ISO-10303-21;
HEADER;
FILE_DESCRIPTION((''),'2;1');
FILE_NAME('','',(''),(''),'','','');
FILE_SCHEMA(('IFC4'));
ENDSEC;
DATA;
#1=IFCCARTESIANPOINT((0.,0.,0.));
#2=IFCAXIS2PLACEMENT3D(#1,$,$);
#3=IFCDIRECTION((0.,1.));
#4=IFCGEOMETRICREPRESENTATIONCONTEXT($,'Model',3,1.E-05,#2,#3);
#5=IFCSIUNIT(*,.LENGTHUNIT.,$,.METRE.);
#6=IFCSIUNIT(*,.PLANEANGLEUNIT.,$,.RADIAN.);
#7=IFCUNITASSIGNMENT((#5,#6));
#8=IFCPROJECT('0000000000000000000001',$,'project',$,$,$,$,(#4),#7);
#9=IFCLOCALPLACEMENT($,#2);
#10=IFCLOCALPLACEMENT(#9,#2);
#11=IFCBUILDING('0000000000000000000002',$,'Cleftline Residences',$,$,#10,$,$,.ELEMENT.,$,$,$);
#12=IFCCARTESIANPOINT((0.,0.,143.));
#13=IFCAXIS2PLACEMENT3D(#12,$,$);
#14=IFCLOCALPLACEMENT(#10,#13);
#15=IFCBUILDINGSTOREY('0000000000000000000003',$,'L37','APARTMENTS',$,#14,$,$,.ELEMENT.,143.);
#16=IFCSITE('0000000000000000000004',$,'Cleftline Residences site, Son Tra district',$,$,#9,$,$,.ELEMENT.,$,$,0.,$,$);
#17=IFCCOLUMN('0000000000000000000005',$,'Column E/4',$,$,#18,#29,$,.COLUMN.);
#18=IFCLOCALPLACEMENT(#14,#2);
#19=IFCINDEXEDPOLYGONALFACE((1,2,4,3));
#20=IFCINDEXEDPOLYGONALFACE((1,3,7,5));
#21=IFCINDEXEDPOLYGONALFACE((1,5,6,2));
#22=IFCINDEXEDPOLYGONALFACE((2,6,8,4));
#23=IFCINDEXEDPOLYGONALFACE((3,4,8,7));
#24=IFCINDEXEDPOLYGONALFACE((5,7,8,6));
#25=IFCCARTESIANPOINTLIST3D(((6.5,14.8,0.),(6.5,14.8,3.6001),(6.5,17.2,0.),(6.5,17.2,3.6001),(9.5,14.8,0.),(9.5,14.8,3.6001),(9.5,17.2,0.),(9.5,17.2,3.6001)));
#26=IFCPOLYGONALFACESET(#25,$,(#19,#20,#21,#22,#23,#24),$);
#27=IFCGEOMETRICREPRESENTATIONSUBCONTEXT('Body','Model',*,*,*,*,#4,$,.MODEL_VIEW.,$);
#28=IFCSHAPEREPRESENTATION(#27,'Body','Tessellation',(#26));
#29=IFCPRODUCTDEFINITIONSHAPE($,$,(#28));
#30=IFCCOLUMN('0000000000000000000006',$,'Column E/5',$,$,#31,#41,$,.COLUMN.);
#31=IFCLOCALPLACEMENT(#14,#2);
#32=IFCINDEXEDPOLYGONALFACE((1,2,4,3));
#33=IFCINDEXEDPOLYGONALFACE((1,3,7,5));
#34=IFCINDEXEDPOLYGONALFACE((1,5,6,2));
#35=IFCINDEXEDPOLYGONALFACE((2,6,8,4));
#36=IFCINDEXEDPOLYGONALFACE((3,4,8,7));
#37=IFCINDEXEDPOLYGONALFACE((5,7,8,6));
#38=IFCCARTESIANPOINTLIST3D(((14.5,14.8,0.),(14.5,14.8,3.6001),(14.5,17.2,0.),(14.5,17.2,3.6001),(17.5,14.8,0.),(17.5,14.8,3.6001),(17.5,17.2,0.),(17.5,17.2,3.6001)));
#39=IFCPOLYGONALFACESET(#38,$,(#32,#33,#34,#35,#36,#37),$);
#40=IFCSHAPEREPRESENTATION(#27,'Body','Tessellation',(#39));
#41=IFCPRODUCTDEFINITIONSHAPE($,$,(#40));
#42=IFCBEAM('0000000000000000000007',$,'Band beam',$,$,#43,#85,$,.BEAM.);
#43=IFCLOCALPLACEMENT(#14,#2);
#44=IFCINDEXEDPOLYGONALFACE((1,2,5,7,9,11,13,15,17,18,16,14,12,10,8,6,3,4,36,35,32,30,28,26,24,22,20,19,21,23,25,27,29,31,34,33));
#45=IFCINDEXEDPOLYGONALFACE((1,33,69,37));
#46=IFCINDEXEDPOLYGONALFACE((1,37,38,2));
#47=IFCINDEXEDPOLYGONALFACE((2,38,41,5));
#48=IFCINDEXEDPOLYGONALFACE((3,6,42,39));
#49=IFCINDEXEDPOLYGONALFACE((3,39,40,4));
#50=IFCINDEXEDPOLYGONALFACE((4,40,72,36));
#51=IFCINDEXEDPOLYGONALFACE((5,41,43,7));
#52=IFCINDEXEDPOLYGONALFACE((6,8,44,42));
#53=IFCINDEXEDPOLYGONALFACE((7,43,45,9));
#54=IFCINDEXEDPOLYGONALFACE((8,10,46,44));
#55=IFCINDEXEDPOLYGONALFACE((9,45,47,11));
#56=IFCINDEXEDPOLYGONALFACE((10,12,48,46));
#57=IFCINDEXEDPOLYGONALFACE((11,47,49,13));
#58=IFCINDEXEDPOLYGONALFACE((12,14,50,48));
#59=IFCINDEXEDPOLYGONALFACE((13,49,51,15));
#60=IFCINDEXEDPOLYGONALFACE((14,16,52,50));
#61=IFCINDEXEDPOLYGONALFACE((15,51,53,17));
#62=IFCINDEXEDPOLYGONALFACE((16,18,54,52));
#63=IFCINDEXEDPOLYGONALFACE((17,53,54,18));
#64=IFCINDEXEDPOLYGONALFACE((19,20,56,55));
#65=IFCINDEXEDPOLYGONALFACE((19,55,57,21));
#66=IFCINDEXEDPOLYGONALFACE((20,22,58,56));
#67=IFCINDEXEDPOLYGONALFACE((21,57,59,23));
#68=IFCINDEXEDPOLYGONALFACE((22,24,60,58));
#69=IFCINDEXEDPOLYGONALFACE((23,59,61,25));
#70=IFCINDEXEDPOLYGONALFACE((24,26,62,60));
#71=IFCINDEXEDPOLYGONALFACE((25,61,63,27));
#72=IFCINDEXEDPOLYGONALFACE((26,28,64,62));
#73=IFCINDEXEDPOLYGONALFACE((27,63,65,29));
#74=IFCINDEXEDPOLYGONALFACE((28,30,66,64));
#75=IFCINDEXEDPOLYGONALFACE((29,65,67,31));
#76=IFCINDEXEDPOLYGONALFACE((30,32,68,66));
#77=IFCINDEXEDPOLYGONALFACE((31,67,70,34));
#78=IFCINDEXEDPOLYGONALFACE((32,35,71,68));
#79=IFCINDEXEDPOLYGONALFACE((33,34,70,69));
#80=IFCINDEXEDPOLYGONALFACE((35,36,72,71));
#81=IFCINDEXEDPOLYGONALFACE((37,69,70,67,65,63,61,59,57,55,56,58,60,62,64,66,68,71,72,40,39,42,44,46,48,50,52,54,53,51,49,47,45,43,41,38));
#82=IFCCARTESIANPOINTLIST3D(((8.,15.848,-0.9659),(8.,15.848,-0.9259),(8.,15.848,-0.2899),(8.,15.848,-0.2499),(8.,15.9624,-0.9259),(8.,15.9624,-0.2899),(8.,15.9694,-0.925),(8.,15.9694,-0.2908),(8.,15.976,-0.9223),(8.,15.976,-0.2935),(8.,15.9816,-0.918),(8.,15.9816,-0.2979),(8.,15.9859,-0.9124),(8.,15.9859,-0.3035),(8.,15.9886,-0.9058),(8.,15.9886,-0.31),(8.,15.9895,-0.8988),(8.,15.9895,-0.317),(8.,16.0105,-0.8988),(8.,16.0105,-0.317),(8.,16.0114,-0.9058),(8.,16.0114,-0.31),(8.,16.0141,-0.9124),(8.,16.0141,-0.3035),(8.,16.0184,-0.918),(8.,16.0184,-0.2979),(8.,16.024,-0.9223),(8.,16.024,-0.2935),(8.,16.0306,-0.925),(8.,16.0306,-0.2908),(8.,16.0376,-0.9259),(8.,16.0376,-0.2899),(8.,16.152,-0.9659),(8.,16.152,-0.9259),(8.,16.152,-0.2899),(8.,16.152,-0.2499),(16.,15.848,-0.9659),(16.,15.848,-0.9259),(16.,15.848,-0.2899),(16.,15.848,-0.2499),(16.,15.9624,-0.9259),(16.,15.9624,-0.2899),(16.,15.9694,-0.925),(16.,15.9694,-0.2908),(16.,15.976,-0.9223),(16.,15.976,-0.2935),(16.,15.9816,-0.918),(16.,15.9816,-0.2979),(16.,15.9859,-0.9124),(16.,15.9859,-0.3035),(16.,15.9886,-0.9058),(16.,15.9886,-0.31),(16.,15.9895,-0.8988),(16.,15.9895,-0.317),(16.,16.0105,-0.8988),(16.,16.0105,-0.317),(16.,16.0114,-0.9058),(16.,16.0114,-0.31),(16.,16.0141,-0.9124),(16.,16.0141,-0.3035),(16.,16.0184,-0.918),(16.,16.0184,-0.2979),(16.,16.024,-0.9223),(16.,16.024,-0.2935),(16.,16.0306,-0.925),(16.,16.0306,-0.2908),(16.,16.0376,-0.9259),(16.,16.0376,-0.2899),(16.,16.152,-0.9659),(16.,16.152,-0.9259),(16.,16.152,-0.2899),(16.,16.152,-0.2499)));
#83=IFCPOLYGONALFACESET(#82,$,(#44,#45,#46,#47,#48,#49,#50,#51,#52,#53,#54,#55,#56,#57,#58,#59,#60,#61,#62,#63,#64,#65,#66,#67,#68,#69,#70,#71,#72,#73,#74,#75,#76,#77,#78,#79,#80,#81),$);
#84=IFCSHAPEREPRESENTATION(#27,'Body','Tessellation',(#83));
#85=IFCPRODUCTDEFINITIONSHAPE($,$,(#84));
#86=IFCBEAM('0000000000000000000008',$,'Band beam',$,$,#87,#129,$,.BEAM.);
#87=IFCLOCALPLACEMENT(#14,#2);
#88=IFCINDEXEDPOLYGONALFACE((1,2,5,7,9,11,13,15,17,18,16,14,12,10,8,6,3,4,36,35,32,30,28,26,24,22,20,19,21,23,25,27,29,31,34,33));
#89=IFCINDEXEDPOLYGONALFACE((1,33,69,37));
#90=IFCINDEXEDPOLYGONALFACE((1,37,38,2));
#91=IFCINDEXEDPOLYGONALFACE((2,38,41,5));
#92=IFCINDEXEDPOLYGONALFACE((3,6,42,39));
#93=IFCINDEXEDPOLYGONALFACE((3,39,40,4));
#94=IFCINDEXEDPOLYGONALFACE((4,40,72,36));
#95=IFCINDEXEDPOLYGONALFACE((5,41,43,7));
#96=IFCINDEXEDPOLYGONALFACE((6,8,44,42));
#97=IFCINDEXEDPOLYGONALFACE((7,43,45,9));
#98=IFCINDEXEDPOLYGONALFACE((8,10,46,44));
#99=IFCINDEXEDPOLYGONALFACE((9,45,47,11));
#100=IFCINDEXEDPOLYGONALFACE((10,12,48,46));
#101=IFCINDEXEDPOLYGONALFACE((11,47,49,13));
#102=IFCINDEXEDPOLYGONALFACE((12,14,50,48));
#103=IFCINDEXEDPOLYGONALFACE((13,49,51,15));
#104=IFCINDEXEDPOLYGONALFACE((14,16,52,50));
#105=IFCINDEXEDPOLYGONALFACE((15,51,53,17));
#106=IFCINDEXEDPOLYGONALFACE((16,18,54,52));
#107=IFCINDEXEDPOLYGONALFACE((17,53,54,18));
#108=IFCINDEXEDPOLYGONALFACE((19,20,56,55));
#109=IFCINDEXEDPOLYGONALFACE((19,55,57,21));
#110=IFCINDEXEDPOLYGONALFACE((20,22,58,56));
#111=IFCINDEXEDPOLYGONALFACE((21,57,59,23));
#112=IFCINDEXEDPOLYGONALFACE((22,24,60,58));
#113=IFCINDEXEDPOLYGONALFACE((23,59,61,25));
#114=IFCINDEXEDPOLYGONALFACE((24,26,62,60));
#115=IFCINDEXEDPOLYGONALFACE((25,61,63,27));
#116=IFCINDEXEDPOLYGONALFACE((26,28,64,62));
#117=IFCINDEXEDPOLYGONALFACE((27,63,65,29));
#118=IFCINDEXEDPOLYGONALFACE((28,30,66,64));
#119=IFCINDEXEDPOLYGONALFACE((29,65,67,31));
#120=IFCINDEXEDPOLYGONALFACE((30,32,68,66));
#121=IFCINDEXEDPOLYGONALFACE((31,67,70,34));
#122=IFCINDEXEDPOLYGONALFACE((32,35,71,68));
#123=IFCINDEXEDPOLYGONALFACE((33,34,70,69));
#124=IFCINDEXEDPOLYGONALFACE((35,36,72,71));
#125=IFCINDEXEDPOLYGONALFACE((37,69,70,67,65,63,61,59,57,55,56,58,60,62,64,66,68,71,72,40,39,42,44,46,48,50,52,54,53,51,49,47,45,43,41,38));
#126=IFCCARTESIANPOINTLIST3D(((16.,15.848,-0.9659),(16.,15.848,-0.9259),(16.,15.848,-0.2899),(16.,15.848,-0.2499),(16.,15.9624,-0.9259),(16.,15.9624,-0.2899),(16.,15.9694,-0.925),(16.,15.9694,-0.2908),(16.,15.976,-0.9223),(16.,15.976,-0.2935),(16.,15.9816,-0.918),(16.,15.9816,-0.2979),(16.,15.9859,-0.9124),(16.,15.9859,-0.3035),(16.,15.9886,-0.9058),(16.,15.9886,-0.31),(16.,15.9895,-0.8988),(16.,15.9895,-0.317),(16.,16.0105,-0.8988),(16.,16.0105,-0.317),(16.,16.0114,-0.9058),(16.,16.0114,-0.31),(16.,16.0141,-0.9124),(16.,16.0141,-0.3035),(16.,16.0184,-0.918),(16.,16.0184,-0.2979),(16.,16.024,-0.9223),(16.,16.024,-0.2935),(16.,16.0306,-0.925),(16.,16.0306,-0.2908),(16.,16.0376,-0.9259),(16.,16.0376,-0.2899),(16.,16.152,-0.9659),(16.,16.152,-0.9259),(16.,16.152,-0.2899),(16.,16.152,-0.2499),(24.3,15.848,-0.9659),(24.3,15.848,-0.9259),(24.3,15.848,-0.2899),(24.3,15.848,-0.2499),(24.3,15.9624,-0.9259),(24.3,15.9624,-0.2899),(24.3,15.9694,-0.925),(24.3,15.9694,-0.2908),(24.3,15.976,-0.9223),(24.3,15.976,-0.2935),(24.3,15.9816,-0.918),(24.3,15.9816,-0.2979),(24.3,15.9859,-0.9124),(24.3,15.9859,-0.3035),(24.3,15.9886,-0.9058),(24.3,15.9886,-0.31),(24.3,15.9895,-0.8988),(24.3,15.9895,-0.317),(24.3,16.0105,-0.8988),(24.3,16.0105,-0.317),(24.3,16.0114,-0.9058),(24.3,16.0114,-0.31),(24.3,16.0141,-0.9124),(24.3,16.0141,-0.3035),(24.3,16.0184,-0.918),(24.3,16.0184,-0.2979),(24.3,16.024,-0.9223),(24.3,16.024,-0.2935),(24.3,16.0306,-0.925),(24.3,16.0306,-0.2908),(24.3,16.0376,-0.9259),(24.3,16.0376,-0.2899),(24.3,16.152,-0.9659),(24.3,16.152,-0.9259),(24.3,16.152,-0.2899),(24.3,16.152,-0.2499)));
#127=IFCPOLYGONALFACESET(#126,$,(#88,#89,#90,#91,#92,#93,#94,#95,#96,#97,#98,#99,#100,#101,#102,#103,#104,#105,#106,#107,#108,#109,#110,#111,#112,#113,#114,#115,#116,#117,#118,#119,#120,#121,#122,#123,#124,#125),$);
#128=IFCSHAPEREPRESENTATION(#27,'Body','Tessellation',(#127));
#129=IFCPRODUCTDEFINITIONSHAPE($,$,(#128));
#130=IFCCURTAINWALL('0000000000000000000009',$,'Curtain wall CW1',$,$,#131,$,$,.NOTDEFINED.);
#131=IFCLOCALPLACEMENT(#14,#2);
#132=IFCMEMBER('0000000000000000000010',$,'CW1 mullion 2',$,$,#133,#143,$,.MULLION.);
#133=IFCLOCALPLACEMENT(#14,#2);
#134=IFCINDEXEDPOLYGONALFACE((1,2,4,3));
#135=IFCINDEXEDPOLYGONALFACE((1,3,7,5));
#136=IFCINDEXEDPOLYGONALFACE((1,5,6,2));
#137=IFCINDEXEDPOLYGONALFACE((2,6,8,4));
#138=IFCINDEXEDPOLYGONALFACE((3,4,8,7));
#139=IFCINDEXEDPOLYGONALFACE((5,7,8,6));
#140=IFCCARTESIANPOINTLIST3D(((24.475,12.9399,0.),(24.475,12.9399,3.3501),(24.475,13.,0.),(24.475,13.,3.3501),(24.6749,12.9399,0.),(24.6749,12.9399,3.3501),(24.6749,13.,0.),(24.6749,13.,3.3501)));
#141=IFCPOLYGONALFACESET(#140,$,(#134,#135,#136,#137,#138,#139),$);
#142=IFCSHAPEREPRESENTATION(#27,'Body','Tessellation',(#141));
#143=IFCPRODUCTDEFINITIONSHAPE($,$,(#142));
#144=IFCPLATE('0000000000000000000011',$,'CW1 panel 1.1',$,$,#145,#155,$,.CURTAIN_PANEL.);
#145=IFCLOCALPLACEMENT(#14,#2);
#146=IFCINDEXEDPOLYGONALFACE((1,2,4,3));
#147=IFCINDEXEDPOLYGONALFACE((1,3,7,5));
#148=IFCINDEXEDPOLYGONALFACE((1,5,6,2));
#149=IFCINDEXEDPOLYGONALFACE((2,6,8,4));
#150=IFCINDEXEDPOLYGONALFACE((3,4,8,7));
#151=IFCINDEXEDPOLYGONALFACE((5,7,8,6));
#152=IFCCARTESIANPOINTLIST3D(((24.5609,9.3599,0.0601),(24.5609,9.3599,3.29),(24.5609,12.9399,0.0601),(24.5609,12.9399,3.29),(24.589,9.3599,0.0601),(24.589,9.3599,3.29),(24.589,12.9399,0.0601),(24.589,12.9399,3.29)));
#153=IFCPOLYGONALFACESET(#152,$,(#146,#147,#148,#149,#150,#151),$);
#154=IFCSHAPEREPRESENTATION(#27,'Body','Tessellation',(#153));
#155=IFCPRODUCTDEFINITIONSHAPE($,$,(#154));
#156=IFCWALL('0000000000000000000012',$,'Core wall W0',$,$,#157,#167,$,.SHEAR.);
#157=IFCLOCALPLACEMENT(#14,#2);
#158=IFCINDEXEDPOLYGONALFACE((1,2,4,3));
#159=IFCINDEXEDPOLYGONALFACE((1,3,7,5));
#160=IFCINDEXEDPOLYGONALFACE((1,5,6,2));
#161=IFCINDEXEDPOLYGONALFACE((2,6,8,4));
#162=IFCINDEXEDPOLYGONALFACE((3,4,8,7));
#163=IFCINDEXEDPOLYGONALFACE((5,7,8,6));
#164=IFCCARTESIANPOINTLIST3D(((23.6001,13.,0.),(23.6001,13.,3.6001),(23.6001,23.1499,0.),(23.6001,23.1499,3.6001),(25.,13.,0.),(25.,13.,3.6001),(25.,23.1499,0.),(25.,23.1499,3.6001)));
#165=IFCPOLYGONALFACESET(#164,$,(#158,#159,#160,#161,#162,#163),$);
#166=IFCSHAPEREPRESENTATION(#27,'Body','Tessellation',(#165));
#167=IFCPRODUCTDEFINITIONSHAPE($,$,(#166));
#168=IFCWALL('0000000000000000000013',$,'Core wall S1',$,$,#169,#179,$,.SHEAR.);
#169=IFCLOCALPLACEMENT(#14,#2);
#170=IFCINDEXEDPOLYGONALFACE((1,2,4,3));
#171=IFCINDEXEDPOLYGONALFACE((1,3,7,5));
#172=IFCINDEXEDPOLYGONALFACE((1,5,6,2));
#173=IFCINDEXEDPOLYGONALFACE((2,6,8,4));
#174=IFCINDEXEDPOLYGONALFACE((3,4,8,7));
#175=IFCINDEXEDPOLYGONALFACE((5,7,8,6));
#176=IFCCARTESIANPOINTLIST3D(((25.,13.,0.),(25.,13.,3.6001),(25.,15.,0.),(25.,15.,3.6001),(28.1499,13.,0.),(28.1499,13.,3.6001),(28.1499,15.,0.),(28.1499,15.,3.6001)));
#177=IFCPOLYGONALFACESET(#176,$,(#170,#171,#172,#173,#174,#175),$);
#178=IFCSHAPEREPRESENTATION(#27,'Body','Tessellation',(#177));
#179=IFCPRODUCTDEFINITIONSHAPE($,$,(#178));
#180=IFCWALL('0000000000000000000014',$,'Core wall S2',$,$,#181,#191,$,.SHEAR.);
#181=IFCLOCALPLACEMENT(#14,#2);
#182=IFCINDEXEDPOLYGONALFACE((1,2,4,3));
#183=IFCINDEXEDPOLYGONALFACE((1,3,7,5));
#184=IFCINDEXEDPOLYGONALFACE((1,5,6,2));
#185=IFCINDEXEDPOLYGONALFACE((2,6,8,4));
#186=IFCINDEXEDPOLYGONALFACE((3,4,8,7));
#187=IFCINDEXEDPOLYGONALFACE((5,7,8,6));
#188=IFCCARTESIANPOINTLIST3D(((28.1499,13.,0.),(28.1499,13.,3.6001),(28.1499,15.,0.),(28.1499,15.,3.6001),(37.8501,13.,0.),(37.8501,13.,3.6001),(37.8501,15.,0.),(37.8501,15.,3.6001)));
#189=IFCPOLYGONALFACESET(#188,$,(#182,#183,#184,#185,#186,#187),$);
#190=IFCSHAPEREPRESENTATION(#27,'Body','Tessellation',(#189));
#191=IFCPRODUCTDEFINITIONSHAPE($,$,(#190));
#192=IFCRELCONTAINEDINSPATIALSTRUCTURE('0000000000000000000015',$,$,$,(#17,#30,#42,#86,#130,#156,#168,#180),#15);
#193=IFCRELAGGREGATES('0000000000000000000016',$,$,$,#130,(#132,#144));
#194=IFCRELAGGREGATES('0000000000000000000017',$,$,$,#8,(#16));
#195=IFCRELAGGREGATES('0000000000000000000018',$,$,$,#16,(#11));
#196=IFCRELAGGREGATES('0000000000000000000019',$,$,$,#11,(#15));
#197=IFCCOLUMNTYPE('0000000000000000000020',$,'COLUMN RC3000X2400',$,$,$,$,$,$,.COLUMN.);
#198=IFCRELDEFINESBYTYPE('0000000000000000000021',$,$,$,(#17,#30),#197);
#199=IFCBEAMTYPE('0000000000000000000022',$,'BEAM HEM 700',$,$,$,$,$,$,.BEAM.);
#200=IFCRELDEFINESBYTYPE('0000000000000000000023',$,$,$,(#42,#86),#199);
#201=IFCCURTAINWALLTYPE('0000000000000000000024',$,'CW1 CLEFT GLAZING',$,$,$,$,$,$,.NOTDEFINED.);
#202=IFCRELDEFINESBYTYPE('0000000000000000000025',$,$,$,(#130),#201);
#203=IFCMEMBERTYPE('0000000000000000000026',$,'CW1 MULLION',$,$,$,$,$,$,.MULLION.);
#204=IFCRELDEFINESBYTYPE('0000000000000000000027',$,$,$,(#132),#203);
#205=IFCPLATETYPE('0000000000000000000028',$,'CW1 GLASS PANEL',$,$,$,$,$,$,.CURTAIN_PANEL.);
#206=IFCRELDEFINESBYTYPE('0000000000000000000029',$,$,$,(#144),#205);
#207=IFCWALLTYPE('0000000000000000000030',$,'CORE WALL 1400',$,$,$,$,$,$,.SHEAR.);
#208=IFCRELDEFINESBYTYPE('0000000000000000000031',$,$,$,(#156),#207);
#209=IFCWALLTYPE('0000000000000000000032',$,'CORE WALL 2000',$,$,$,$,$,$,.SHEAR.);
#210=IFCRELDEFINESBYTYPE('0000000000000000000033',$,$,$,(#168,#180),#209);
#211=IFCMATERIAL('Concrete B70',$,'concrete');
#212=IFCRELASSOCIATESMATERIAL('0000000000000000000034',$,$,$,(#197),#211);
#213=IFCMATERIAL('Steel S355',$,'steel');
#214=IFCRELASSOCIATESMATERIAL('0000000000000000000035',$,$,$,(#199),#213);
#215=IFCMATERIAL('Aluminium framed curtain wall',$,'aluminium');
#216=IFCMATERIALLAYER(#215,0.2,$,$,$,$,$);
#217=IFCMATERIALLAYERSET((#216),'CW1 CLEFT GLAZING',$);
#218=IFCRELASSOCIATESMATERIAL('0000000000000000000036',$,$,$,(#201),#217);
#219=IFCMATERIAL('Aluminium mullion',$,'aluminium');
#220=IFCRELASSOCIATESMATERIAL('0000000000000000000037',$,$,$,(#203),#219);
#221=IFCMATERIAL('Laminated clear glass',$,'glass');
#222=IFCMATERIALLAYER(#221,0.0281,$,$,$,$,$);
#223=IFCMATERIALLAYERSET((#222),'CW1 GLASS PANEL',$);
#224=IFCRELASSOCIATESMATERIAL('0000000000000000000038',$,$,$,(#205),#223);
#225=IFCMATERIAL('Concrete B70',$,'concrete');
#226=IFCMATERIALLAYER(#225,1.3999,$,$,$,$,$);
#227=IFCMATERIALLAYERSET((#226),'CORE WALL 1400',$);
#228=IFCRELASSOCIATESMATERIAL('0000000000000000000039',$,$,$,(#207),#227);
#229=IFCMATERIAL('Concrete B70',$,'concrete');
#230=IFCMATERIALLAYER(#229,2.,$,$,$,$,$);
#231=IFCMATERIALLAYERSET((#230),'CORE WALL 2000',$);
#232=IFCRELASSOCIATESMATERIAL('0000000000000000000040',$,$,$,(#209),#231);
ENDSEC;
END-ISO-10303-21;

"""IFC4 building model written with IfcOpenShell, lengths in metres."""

from ifc_helpers import new_model, si_unit, direction, frame, frame_2d, origin, origin_2d, place, context, subcontext, project, spatial, rectangle, i_section, extrude, material, layer, layer_set, material_profile, profile_set, type_object, element, aggregate, save


model = new_model("IFC4")

# Units and contexts
model_context = context("Model", 3, precision=1e-05, world=origin(), true_north=direction((0.0, 1.0)))
body_context = subcontext(model_context, "Body", "Model", "MODEL_VIEW")
ifc_project = project(units=[si_unit("LENGTHUNIT", "METRE"), si_unit("PLANEANGLEUNIT", "RADIAN")], contexts=[model_context])

# Site, building, storey
site_placement = place(None, origin())
site = spatial("IfcSite", under=ifc_project, at=site_placement, Name="Cleftline Residences site, Son Tra district", CompositionType="ELEMENT", RefElevation=0.0)
building_placement = place(site_placement, origin())
building = spatial("IfcBuilding", under=site, at=building_placement, Name="Cleftline Residences", CompositionType="ELEMENT")
storey_placement = place(building_placement, frame((0.0, 0.0, 143.0)))
storey = spatial("IfcBuildingStorey", under=building, at=storey_placement, Name="L37", Description="APARTMENTS", CompositionType="ELEMENT", Elevation=143.0)

# Columns
ifc_material_1 = material(Name="Concrete B70", Category="concrete")
ifc_material_profile_1 = material_profile(ifc_material_1, rectangle(XDim=3.0, YDim=2.3999, at=origin_2d()))
ifc_profile_set_1 = profile_set([ifc_material_profile_1], Name="Concrete B70")
column_type = type_object("IfcColumnType", Name="COLUMN RC3000X2400", PredefinedType="COLUMN", material=ifc_profile_set_1)
for number, where, z_axis, x_axis, name in (
    (1, (8.0, 16.0, 0.0), (0.0, 0.0, 1.0), (1.0, 0.0, 0.0), "Column E/4"),
    (2, (16.0, 16.0, 0.0), (0.0, 0.0, 1.0), (1.0, 0.0, 0.0), "Column E/5"),
):
    element("IfcColumn", number, at=place(storey_placement, frame(where, z_axis=z_axis, x_axis=x_axis)), inside=storey, type_object=column_type, Name=name, PredefinedType="COLUMN", context=body_context, shape_type="SweptSolid", body=[
        extrude(rectangle(XDim=3.0, YDim=2.3999, at=origin_2d()), origin(), (0.0, 0.0, 1.0), 3.6001),
    ])

# Beams
ifc_material_2 = material(Name="Steel S355", Category="steel")
ifc_material_profile_2 = material_profile(ifc_material_2, i_section(OverallWidth=0.304, OverallDepth=0.7161, WebThickness=0.021, FlangeThickness=0.04, FilletRadius=0.0271, at=origin_2d()))
ifc_profile_set_2 = profile_set([ifc_material_profile_2], Name="Steel S355")
beam_type = type_object("IfcBeamType", Name="BEAM HEM 700", PredefinedType="BEAM", material=ifc_profile_set_2)
beam_1_placement = place(storey_placement, frame((8.0, 16.0, -0.6079), z_axis=(1.0, 0.0, 0.0), x_axis=(0.0, 1.0, 0.0)))
element("IfcBeam", 3, at=beam_1_placement, inside=storey, type_object=beam_type, Name="Band beam", PredefinedType="BEAM", context=body_context, shape_type="SweptSolid", body=[
    extrude(i_section(OverallWidth=0.304, OverallDepth=0.7161, WebThickness=0.021, FlangeThickness=0.04, FilletRadius=0.0271, at=origin_2d()), origin(), (0.0, 0.0, 1.0), 8.0),
])
beam_2_placement = place(storey_placement, frame((16.0, 16.0, -0.6079), z_axis=(1.0, 0.0, 0.0), x_axis=(0.0, 1.0, 0.0)))
element("IfcBeam", 4, at=beam_2_placement, inside=storey, type_object=beam_type, Name="Band beam", PredefinedType="BEAM", context=body_context, shape_type="SweptSolid", body=[
    extrude(i_section(OverallWidth=0.304, OverallDepth=0.7161, WebThickness=0.021, FlangeThickness=0.04, FilletRadius=0.0271, at=origin_2d()), origin(), (0.0, 0.0, 1.0), 8.3),
])

# Curtain wall, member, plate
ifc_material_3 = material(Name="Aluminium framed curtain wall", Category="aluminium")
ifc_layer_1 = layer(ifc_material_3, 0.2)
ifc_layer_set_1 = layer_set([ifc_layer_1], Name="CW1 CLEFT GLAZING")
curtain_wall_type = type_object("IfcCurtainWallType", Name="CW1 CLEFT GLAZING", PredefinedType="NOTDEFINED", material=ifc_layer_set_1)
curtain_wall_placement = place(storey_placement, origin())
curtain_wall = element("IfcCurtainWall", 5, at=curtain_wall_placement, inside=storey, type_object=curtain_wall_type, Name="Curtain wall CW1", PredefinedType="NOTDEFINED")
ifc_material_4 = material(Name="Aluminium mullion", Category="aluminium")
ifc_material_profile_3 = material_profile(ifc_material_4, rectangle(XDim=0.2, YDim=0.0601, at=origin_2d()))
ifc_profile_set_3 = profile_set([ifc_material_profile_3], Name="Aluminium mullion")
member_type = type_object("IfcMemberType", Name="CW1 MULLION", PredefinedType="MULLION", material=ifc_profile_set_3)
member_placement = place(storey_placement, frame((24.575, 12.97, 0.0), z_axis=(0.0, 0.0, 1.0), x_axis=(-1.0, 0.0, 0.0)))
member = element("IfcMember", 6, at=member_placement, type_object=member_type, Name="CW1 mullion 2", PredefinedType="MULLION", context=body_context, shape_type="SweptSolid", body=[
    extrude(rectangle(XDim=0.2, YDim=0.0601, at=origin_2d()), origin(), (0.0, 0.0, 1.0), 3.3501),
])
ifc_material_5 = material(Name="Laminated clear glass", Category="glass")
ifc_layer_2 = layer(ifc_material_5, 0.0281)
ifc_layer_set_2 = layer_set([ifc_layer_2], Name="CW1 GLASS PANEL")
plate_type = type_object("IfcPlateType", Name="CW1 GLASS PANEL", PredefinedType="CURTAIN_PANEL", material=ifc_layer_set_2)
plate_placement = place(storey_placement, frame((24.575, 11.1499, 0.0601), z_axis=(0.0, 0.0, 1.0), x_axis=(0.0, 1.0, 0.0)))
plate = element("IfcPlate", 7, at=plate_placement, type_object=plate_type, Name="CW1 panel 1.1", PredefinedType="CURTAIN_PANEL", context=body_context, shape_type="SweptSolid", body=[
    extrude(rectangle(XDim=3.5801, YDim=0.0281, at=origin_2d()), origin(), (0.0, 0.0, 1.0), 3.23),
])
aggregate(curtain_wall, [member, plate])

# Wall
ifc_material_6 = material(Name="Concrete B70", Category="concrete")
ifc_layer_3 = layer(ifc_material_6, 1.3999)
ifc_layer_set_3 = layer_set([ifc_layer_3], Name="CORE WALL 1400")
wall_type_1 = type_object("IfcWallType", Name="CORE WALL 1400", PredefinedType="SHEAR", material=ifc_layer_set_3)
wall_1_placement = place(storey_placement, frame((24.3, 13.0, 0.0), z_axis=(0.0, 0.0, 1.0), x_axis=(0.0, 1.0, 0.0)))
element("IfcWall", 8, at=wall_1_placement, inside=storey, type_object=wall_type_1, Name="Core wall W0", PredefinedType="SHEAR", context=body_context, shape_type="SweptSolid", body=[
    extrude(rectangle(XDim=10.1499, YDim=1.3999, at=frame_2d((5.075, 0.0))), origin(), (0.0, 0.0, 1.0), 3.6001),
])

# Walls
ifc_material_7 = material(Name="Concrete B70", Category="concrete")
ifc_layer_4 = layer(ifc_material_7, 2.0)
ifc_layer_set_4 = layer_set([ifc_layer_4], Name="CORE WALL 2000")
wall_type_2 = type_object("IfcWallType", Name="CORE WALL 2000", PredefinedType="SHEAR", material=ifc_layer_set_4)
wall_2_placement = place(storey_placement, frame((25.0, 14.0, 0.0), z_axis=(0.0, 0.0, 1.0), x_axis=(1.0, 0.0, 0.0)))
element("IfcWall", 9, at=wall_2_placement, inside=storey, type_object=wall_type_2, Name="Core wall S1", PredefinedType="SHEAR", context=body_context, shape_type="SweptSolid", body=[
    extrude(rectangle(XDim=3.1499, YDim=2.0, at=frame_2d((1.575, 0.0))), origin(), (0.0, 0.0, 1.0), 3.6001),
])
wall_3_placement = place(storey_placement, frame((28.1499, 14.0, 0.0), z_axis=(0.0, 0.0, 1.0), x_axis=(1.0, 0.0, 0.0)))
element("IfcWall", 10, at=wall_3_placement, inside=storey, type_object=wall_type_2, Name="Core wall S2", PredefinedType="SHEAR", context=body_context, shape_type="SweptSolid", body=[
    extrude(rectangle(XDim=9.7002, YDim=2.0, at=frame_2d((4.8501, 0.0))), origin(), (0.0, 0.0, 1.0), 3.6001),
])

save(model, "model.ifc")
